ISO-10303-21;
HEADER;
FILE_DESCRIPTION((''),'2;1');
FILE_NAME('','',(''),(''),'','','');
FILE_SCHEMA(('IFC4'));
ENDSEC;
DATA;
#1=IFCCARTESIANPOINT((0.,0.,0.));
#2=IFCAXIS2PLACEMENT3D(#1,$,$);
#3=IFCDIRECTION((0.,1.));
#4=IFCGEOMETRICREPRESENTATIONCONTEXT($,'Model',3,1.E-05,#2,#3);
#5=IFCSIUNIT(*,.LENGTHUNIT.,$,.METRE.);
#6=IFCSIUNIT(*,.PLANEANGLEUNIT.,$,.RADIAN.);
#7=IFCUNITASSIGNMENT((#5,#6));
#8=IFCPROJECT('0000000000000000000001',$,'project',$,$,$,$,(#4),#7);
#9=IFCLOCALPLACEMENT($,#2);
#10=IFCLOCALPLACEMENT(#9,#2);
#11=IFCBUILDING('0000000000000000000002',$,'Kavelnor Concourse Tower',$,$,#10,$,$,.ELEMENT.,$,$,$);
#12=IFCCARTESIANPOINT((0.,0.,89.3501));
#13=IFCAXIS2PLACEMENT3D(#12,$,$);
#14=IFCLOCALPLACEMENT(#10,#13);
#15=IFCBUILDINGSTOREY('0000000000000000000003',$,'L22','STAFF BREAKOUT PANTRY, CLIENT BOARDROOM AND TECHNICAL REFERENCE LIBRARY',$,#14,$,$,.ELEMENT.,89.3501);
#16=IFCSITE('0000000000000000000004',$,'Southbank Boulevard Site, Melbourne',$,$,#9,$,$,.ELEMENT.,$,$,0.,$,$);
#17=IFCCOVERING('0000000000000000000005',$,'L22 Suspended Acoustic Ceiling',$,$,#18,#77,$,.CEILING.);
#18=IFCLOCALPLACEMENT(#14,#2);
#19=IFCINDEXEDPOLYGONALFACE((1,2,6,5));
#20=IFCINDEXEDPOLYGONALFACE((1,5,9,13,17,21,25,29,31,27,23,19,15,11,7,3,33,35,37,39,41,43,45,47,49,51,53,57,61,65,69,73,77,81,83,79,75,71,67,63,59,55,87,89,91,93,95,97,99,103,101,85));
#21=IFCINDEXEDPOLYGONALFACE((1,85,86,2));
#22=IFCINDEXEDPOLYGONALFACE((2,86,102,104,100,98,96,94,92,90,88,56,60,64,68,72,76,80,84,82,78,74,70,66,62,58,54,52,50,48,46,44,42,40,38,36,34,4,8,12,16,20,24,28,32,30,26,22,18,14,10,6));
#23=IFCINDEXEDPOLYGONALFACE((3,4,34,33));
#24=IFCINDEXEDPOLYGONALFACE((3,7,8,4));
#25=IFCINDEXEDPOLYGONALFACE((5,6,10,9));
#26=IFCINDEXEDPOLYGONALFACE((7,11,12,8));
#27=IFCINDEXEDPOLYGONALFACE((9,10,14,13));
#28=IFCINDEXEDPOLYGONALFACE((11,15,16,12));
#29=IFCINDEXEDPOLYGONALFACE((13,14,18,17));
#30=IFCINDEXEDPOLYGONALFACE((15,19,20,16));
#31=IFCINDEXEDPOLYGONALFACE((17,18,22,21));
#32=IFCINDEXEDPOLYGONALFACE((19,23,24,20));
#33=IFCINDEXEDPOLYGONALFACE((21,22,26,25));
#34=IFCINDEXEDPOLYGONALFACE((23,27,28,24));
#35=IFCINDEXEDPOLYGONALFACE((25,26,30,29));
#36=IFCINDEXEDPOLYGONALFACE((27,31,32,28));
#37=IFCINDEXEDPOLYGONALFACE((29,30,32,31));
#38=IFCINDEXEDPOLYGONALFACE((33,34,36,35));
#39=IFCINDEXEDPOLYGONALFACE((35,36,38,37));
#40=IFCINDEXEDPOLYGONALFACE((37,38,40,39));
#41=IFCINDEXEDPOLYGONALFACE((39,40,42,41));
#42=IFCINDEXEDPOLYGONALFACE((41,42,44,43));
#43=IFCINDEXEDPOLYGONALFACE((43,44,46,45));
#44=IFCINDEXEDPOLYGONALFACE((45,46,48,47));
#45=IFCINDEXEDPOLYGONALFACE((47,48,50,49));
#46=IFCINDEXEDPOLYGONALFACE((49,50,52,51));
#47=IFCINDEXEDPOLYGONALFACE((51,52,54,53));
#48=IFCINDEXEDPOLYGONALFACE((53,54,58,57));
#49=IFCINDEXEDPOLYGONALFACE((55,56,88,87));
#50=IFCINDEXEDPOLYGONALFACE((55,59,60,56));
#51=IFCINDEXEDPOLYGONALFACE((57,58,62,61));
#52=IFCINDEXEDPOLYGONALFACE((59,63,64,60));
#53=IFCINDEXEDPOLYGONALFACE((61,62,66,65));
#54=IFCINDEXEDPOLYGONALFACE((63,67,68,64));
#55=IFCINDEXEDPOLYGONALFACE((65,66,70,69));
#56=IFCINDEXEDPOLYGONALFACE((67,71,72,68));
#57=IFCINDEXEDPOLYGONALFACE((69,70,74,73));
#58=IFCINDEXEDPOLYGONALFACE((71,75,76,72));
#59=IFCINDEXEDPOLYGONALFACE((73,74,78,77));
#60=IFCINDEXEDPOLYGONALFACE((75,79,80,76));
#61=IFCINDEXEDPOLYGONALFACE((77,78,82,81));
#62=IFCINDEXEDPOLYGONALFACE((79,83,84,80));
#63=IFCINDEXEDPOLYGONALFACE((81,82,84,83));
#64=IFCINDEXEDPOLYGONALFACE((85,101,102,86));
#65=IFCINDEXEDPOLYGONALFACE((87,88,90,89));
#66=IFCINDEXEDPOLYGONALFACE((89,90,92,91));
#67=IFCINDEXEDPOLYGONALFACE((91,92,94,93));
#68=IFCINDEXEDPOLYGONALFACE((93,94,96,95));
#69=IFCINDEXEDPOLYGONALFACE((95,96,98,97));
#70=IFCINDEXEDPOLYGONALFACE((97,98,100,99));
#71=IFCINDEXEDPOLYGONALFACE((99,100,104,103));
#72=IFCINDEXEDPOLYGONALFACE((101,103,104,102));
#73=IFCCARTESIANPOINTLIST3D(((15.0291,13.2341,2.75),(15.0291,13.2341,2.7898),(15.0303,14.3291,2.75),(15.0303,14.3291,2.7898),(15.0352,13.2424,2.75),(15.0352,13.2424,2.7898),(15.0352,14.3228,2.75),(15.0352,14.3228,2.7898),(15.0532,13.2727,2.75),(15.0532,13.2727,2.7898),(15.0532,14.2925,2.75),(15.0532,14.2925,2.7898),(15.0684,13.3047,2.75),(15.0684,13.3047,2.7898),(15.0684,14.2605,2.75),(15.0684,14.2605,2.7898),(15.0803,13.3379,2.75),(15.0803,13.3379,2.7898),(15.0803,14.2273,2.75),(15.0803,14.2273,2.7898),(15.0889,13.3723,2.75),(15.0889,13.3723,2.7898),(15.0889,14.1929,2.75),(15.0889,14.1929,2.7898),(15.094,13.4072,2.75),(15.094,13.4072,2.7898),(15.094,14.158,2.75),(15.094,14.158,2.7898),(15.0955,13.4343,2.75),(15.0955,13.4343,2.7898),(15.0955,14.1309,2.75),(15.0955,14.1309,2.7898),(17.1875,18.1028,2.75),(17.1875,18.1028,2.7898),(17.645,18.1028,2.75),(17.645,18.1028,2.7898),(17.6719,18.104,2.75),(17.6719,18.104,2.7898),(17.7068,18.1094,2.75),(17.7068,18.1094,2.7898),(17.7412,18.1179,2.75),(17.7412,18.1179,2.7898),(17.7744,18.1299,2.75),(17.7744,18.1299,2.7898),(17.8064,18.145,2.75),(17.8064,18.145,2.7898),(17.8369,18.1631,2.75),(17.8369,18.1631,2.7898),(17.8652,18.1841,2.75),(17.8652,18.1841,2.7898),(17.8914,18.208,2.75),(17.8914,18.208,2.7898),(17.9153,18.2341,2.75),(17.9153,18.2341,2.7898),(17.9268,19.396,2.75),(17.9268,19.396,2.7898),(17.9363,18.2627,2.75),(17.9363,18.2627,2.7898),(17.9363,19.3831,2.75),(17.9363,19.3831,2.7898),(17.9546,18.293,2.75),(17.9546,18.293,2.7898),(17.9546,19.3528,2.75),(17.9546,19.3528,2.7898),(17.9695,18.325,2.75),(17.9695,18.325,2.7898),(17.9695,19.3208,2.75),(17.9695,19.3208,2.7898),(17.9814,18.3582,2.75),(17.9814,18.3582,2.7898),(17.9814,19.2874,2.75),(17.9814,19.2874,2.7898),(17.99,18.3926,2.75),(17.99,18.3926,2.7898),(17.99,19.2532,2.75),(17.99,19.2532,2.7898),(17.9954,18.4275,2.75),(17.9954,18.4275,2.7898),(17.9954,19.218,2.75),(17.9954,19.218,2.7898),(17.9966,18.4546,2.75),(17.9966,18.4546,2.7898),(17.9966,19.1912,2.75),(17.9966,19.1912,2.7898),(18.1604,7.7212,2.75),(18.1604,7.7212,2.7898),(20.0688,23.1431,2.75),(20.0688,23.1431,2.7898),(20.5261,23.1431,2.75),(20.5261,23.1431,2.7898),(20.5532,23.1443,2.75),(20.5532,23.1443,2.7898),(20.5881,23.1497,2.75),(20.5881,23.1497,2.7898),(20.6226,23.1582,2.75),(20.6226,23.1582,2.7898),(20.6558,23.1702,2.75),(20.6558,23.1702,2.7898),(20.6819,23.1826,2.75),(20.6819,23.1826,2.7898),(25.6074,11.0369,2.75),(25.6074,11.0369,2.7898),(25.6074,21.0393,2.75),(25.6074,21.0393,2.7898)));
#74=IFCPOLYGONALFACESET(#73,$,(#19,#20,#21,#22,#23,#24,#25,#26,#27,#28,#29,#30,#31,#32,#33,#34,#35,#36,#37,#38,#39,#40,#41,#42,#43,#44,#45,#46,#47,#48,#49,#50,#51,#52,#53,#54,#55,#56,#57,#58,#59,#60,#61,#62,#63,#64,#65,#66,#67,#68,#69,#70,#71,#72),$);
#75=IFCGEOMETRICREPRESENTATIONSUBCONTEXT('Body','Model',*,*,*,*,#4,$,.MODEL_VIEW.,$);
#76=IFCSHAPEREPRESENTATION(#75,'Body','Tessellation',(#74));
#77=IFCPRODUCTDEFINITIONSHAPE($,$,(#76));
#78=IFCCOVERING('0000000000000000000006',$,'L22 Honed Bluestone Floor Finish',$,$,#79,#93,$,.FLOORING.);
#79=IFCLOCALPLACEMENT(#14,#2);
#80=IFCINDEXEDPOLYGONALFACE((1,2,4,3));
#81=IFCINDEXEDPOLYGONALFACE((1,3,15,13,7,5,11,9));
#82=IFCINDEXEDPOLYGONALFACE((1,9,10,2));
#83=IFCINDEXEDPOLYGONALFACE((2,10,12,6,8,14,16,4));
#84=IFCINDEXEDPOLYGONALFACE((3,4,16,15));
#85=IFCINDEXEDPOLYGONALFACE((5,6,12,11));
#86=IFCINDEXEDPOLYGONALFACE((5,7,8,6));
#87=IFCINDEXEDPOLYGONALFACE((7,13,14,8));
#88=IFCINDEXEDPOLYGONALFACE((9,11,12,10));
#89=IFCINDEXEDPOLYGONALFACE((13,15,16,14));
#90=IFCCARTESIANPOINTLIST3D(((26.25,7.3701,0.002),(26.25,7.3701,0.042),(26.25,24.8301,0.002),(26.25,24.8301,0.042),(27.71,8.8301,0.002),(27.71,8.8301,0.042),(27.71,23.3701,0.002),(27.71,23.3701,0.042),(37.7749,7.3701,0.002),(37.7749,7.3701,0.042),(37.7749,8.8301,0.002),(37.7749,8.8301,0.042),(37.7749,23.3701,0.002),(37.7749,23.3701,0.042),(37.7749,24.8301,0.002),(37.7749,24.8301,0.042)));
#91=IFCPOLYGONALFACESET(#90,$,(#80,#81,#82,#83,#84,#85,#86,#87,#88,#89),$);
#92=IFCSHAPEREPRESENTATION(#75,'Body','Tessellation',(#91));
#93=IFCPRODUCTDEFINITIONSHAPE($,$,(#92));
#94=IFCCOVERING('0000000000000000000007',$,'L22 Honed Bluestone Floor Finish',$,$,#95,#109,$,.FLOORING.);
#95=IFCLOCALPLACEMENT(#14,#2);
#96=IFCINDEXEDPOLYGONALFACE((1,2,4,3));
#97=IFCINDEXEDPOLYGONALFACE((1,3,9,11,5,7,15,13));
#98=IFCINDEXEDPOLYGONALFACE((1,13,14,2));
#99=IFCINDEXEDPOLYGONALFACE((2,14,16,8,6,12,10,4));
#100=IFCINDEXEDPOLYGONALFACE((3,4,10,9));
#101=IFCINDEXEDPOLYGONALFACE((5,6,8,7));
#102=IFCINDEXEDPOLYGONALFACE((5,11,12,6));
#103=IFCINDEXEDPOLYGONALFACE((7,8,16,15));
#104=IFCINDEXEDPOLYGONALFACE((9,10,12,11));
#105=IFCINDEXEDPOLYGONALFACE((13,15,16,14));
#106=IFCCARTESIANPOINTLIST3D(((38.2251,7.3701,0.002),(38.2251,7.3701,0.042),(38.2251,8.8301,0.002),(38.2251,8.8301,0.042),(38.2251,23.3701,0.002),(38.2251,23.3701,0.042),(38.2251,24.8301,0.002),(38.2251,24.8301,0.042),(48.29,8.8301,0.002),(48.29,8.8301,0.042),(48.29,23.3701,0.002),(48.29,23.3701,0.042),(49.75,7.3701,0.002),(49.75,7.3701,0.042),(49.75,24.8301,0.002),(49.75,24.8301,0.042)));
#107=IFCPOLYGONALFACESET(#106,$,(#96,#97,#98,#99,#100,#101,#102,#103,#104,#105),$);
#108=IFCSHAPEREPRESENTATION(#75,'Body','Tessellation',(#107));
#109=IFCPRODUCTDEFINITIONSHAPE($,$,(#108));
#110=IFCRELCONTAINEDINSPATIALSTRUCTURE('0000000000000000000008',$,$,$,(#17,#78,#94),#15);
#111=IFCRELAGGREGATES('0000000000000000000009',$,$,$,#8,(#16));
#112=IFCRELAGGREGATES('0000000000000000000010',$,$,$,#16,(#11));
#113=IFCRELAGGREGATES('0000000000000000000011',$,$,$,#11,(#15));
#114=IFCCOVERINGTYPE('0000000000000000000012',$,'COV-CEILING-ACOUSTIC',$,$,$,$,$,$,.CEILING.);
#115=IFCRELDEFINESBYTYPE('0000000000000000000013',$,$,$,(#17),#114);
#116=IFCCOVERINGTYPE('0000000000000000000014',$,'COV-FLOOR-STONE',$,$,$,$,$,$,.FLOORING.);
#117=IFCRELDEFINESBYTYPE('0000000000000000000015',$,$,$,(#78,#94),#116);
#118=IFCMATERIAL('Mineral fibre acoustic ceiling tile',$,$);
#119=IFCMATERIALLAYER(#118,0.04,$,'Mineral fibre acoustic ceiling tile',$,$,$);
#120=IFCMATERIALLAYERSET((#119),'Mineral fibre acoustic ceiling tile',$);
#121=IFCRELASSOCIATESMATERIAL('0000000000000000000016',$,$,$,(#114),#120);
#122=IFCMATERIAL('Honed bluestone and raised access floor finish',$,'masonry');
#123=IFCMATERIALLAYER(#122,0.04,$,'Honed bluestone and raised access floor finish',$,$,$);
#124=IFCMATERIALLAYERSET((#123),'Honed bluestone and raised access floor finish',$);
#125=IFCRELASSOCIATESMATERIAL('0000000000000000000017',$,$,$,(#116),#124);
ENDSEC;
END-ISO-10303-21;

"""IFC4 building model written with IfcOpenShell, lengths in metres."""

from ifc_helpers import new_model, si_unit, direction, frame, origin, place, context, subcontext, project, spatial, polyline, outline, extrude, material, layer, layer_set, type_object, element, save


model = new_model("IFC4")

# Units and contexts
model_context = context("Model", 3, precision=1e-05, world=origin(), true_north=direction((0.0, 1.0)))
body_context = subcontext(model_context, "Body", "Model", "MODEL_VIEW")
ifc_project = project(units=[si_unit("LENGTHUNIT", "METRE"), si_unit("PLANEANGLEUNIT", "RADIAN")], contexts=[model_context])

# Site, building, storey
site_placement = place(None, origin())
site = spatial("IfcSite", under=ifc_project, at=site_placement, Name="Southbank Boulevard Site, Melbourne", CompositionType="ELEMENT", RefElevation=0.0)
building_placement = place(site_placement, origin())
building = spatial("IfcBuilding", under=site, at=building_placement, Name="Kavelnor Concourse Tower", CompositionType="ELEMENT")
storey_placement = place(building_placement, frame((0.0, 0.0, 89.3501)))
storey = spatial("IfcBuildingStorey", under=building, at=storey_placement, Name="L22", Description="STAFF BREAKOUT PANTRY, CLIENT BOARDROOM AND TECHNICAL REFERENCE LIBRARY", CompositionType="ELEMENT", Elevation=89.3501)

# Coverings
ifc_material_1 = material(Name="Mineral fibre acoustic ceiling tile")
ifc_layer_1 = layer(ifc_material_1, 0.04, Name="Mineral fibre acoustic ceiling tile")
ifc_layer_set_1 = layer_set([ifc_layer_1], Name="Mineral fibre acoustic ceiling tile")
covering_type_1 = type_object("IfcCoveringType", Name="COV-CEILING-ACOUSTIC", PredefinedType="CEILING", material=ifc_layer_set_1)
covering_1_placement = place(storey_placement, frame((0.0, 0.0, 2.75)))
element("IfcCovering", 1, at=covering_1_placement, inside=storey, type_object=covering_type_1, Name="L22 Suspended Acoustic Ceiling", PredefinedType="CEILING", context=body_context, shape_type="SweptSolid", body=[
    extrude(outline(polyline([(15.0352, 13.2424), (15.0532, 13.2727), (15.0684, 13.3047), (15.0803, 13.3379), (15.0889, 13.3723), (15.094, 13.4072), (15.0955, 13.4343), (15.0955, 14.1309), (15.094, 14.158), (15.0889, 14.1929), (15.0803, 14.2273), (15.0684, 14.2605), (15.0532, 14.2925), (15.0352, 14.3228), (15.0303, 14.3291), (17.1875, 18.1028), (17.645, 18.1028), (17.6719, 18.104), (17.7068, 18.1094), (17.7412, 18.1179), (17.7744, 18.1299), (17.8064, 18.145), (17.8369, 18.1631), (17.8652, 18.1841), (17.8914, 18.208), (17.9153, 18.2341), (17.9363, 18.2627), (17.9546, 18.293), (17.9695, 18.325), (17.9814, 18.3582), (17.99, 18.3926), (17.9954, 18.4275), (17.9966, 18.4546), (17.9966, 19.1912), (17.9954, 19.218), (17.99, 19.2532), (17.9814, 19.2874), (17.9695, 19.3208), (17.9546, 19.3528), (17.9363, 19.3831), (17.9268, 19.396), (20.0688, 23.1431), (20.5261, 23.1431), (20.5532, 23.1443), (20.5881, 23.1497), (20.6226, 23.1582), (20.6558, 23.1702), (20.6819, 23.1826), (25.6074, 21.0393), (25.6074, 11.0369), (18.1604, 7.7212), (15.0291, 13.2341), (15.0352, 13.2424)])), origin(), (0.0, 0.0, 1.0), 0.0398),
])
ifc_material_2 = material(Name="Honed bluestone and raised access floor finish", Category="masonry")
ifc_layer_2 = layer(ifc_material_2, 0.04, Name="Honed bluestone and raised access floor finish")
ifc_layer_set_2 = layer_set([ifc_layer_2], Name="Honed bluestone and raised access floor finish")
covering_type_2 = type_object("IfcCoveringType", Name="COV-FLOOR-STONE", PredefinedType="FLOORING", material=ifc_layer_set_2)
covering_2_placement = place(storey_placement, frame((0.0, 0.0, 0.002)))
element("IfcCovering", 2, at=covering_2_placement, inside=storey, type_object=covering_type_2, Name="L22 Honed Bluestone Floor Finish", PredefinedType="FLOORING", context=body_context, shape_type="SweptSolid", body=[
    extrude(outline(polyline([(26.25, 7.3701), (26.25, 24.8301), (37.7749, 24.8301), (37.7749, 23.3701), (27.71, 23.3701), (27.71, 8.8301), (37.7749, 8.8301), (37.7749, 7.3701), (26.25, 7.3701)])), origin(), (0.0, 0.0, 1.0), 0.04),
])
covering_3_placement = place(storey_placement, frame((0.0, 0.0, 0.002)))
element("IfcCovering", 3, at=covering_3_placement, inside=storey, type_object=covering_type_2, Name="L22 Honed Bluestone Floor Finish", PredefinedType="FLOORING", context=body_context, shape_type="SweptSolid", body=[
    extrude(outline(polyline([(49.75, 7.3701), (38.2251, 7.3701), (38.2251, 8.8301), (48.29, 8.8301), (48.29, 23.3701), (38.2251, 23.3701), (38.2251, 24.8301), (49.75, 24.8301), (49.75, 7.3701)])), origin(), (0.0, 0.0, 1.0), 0.04),
])

save(model, "model.ifc")
